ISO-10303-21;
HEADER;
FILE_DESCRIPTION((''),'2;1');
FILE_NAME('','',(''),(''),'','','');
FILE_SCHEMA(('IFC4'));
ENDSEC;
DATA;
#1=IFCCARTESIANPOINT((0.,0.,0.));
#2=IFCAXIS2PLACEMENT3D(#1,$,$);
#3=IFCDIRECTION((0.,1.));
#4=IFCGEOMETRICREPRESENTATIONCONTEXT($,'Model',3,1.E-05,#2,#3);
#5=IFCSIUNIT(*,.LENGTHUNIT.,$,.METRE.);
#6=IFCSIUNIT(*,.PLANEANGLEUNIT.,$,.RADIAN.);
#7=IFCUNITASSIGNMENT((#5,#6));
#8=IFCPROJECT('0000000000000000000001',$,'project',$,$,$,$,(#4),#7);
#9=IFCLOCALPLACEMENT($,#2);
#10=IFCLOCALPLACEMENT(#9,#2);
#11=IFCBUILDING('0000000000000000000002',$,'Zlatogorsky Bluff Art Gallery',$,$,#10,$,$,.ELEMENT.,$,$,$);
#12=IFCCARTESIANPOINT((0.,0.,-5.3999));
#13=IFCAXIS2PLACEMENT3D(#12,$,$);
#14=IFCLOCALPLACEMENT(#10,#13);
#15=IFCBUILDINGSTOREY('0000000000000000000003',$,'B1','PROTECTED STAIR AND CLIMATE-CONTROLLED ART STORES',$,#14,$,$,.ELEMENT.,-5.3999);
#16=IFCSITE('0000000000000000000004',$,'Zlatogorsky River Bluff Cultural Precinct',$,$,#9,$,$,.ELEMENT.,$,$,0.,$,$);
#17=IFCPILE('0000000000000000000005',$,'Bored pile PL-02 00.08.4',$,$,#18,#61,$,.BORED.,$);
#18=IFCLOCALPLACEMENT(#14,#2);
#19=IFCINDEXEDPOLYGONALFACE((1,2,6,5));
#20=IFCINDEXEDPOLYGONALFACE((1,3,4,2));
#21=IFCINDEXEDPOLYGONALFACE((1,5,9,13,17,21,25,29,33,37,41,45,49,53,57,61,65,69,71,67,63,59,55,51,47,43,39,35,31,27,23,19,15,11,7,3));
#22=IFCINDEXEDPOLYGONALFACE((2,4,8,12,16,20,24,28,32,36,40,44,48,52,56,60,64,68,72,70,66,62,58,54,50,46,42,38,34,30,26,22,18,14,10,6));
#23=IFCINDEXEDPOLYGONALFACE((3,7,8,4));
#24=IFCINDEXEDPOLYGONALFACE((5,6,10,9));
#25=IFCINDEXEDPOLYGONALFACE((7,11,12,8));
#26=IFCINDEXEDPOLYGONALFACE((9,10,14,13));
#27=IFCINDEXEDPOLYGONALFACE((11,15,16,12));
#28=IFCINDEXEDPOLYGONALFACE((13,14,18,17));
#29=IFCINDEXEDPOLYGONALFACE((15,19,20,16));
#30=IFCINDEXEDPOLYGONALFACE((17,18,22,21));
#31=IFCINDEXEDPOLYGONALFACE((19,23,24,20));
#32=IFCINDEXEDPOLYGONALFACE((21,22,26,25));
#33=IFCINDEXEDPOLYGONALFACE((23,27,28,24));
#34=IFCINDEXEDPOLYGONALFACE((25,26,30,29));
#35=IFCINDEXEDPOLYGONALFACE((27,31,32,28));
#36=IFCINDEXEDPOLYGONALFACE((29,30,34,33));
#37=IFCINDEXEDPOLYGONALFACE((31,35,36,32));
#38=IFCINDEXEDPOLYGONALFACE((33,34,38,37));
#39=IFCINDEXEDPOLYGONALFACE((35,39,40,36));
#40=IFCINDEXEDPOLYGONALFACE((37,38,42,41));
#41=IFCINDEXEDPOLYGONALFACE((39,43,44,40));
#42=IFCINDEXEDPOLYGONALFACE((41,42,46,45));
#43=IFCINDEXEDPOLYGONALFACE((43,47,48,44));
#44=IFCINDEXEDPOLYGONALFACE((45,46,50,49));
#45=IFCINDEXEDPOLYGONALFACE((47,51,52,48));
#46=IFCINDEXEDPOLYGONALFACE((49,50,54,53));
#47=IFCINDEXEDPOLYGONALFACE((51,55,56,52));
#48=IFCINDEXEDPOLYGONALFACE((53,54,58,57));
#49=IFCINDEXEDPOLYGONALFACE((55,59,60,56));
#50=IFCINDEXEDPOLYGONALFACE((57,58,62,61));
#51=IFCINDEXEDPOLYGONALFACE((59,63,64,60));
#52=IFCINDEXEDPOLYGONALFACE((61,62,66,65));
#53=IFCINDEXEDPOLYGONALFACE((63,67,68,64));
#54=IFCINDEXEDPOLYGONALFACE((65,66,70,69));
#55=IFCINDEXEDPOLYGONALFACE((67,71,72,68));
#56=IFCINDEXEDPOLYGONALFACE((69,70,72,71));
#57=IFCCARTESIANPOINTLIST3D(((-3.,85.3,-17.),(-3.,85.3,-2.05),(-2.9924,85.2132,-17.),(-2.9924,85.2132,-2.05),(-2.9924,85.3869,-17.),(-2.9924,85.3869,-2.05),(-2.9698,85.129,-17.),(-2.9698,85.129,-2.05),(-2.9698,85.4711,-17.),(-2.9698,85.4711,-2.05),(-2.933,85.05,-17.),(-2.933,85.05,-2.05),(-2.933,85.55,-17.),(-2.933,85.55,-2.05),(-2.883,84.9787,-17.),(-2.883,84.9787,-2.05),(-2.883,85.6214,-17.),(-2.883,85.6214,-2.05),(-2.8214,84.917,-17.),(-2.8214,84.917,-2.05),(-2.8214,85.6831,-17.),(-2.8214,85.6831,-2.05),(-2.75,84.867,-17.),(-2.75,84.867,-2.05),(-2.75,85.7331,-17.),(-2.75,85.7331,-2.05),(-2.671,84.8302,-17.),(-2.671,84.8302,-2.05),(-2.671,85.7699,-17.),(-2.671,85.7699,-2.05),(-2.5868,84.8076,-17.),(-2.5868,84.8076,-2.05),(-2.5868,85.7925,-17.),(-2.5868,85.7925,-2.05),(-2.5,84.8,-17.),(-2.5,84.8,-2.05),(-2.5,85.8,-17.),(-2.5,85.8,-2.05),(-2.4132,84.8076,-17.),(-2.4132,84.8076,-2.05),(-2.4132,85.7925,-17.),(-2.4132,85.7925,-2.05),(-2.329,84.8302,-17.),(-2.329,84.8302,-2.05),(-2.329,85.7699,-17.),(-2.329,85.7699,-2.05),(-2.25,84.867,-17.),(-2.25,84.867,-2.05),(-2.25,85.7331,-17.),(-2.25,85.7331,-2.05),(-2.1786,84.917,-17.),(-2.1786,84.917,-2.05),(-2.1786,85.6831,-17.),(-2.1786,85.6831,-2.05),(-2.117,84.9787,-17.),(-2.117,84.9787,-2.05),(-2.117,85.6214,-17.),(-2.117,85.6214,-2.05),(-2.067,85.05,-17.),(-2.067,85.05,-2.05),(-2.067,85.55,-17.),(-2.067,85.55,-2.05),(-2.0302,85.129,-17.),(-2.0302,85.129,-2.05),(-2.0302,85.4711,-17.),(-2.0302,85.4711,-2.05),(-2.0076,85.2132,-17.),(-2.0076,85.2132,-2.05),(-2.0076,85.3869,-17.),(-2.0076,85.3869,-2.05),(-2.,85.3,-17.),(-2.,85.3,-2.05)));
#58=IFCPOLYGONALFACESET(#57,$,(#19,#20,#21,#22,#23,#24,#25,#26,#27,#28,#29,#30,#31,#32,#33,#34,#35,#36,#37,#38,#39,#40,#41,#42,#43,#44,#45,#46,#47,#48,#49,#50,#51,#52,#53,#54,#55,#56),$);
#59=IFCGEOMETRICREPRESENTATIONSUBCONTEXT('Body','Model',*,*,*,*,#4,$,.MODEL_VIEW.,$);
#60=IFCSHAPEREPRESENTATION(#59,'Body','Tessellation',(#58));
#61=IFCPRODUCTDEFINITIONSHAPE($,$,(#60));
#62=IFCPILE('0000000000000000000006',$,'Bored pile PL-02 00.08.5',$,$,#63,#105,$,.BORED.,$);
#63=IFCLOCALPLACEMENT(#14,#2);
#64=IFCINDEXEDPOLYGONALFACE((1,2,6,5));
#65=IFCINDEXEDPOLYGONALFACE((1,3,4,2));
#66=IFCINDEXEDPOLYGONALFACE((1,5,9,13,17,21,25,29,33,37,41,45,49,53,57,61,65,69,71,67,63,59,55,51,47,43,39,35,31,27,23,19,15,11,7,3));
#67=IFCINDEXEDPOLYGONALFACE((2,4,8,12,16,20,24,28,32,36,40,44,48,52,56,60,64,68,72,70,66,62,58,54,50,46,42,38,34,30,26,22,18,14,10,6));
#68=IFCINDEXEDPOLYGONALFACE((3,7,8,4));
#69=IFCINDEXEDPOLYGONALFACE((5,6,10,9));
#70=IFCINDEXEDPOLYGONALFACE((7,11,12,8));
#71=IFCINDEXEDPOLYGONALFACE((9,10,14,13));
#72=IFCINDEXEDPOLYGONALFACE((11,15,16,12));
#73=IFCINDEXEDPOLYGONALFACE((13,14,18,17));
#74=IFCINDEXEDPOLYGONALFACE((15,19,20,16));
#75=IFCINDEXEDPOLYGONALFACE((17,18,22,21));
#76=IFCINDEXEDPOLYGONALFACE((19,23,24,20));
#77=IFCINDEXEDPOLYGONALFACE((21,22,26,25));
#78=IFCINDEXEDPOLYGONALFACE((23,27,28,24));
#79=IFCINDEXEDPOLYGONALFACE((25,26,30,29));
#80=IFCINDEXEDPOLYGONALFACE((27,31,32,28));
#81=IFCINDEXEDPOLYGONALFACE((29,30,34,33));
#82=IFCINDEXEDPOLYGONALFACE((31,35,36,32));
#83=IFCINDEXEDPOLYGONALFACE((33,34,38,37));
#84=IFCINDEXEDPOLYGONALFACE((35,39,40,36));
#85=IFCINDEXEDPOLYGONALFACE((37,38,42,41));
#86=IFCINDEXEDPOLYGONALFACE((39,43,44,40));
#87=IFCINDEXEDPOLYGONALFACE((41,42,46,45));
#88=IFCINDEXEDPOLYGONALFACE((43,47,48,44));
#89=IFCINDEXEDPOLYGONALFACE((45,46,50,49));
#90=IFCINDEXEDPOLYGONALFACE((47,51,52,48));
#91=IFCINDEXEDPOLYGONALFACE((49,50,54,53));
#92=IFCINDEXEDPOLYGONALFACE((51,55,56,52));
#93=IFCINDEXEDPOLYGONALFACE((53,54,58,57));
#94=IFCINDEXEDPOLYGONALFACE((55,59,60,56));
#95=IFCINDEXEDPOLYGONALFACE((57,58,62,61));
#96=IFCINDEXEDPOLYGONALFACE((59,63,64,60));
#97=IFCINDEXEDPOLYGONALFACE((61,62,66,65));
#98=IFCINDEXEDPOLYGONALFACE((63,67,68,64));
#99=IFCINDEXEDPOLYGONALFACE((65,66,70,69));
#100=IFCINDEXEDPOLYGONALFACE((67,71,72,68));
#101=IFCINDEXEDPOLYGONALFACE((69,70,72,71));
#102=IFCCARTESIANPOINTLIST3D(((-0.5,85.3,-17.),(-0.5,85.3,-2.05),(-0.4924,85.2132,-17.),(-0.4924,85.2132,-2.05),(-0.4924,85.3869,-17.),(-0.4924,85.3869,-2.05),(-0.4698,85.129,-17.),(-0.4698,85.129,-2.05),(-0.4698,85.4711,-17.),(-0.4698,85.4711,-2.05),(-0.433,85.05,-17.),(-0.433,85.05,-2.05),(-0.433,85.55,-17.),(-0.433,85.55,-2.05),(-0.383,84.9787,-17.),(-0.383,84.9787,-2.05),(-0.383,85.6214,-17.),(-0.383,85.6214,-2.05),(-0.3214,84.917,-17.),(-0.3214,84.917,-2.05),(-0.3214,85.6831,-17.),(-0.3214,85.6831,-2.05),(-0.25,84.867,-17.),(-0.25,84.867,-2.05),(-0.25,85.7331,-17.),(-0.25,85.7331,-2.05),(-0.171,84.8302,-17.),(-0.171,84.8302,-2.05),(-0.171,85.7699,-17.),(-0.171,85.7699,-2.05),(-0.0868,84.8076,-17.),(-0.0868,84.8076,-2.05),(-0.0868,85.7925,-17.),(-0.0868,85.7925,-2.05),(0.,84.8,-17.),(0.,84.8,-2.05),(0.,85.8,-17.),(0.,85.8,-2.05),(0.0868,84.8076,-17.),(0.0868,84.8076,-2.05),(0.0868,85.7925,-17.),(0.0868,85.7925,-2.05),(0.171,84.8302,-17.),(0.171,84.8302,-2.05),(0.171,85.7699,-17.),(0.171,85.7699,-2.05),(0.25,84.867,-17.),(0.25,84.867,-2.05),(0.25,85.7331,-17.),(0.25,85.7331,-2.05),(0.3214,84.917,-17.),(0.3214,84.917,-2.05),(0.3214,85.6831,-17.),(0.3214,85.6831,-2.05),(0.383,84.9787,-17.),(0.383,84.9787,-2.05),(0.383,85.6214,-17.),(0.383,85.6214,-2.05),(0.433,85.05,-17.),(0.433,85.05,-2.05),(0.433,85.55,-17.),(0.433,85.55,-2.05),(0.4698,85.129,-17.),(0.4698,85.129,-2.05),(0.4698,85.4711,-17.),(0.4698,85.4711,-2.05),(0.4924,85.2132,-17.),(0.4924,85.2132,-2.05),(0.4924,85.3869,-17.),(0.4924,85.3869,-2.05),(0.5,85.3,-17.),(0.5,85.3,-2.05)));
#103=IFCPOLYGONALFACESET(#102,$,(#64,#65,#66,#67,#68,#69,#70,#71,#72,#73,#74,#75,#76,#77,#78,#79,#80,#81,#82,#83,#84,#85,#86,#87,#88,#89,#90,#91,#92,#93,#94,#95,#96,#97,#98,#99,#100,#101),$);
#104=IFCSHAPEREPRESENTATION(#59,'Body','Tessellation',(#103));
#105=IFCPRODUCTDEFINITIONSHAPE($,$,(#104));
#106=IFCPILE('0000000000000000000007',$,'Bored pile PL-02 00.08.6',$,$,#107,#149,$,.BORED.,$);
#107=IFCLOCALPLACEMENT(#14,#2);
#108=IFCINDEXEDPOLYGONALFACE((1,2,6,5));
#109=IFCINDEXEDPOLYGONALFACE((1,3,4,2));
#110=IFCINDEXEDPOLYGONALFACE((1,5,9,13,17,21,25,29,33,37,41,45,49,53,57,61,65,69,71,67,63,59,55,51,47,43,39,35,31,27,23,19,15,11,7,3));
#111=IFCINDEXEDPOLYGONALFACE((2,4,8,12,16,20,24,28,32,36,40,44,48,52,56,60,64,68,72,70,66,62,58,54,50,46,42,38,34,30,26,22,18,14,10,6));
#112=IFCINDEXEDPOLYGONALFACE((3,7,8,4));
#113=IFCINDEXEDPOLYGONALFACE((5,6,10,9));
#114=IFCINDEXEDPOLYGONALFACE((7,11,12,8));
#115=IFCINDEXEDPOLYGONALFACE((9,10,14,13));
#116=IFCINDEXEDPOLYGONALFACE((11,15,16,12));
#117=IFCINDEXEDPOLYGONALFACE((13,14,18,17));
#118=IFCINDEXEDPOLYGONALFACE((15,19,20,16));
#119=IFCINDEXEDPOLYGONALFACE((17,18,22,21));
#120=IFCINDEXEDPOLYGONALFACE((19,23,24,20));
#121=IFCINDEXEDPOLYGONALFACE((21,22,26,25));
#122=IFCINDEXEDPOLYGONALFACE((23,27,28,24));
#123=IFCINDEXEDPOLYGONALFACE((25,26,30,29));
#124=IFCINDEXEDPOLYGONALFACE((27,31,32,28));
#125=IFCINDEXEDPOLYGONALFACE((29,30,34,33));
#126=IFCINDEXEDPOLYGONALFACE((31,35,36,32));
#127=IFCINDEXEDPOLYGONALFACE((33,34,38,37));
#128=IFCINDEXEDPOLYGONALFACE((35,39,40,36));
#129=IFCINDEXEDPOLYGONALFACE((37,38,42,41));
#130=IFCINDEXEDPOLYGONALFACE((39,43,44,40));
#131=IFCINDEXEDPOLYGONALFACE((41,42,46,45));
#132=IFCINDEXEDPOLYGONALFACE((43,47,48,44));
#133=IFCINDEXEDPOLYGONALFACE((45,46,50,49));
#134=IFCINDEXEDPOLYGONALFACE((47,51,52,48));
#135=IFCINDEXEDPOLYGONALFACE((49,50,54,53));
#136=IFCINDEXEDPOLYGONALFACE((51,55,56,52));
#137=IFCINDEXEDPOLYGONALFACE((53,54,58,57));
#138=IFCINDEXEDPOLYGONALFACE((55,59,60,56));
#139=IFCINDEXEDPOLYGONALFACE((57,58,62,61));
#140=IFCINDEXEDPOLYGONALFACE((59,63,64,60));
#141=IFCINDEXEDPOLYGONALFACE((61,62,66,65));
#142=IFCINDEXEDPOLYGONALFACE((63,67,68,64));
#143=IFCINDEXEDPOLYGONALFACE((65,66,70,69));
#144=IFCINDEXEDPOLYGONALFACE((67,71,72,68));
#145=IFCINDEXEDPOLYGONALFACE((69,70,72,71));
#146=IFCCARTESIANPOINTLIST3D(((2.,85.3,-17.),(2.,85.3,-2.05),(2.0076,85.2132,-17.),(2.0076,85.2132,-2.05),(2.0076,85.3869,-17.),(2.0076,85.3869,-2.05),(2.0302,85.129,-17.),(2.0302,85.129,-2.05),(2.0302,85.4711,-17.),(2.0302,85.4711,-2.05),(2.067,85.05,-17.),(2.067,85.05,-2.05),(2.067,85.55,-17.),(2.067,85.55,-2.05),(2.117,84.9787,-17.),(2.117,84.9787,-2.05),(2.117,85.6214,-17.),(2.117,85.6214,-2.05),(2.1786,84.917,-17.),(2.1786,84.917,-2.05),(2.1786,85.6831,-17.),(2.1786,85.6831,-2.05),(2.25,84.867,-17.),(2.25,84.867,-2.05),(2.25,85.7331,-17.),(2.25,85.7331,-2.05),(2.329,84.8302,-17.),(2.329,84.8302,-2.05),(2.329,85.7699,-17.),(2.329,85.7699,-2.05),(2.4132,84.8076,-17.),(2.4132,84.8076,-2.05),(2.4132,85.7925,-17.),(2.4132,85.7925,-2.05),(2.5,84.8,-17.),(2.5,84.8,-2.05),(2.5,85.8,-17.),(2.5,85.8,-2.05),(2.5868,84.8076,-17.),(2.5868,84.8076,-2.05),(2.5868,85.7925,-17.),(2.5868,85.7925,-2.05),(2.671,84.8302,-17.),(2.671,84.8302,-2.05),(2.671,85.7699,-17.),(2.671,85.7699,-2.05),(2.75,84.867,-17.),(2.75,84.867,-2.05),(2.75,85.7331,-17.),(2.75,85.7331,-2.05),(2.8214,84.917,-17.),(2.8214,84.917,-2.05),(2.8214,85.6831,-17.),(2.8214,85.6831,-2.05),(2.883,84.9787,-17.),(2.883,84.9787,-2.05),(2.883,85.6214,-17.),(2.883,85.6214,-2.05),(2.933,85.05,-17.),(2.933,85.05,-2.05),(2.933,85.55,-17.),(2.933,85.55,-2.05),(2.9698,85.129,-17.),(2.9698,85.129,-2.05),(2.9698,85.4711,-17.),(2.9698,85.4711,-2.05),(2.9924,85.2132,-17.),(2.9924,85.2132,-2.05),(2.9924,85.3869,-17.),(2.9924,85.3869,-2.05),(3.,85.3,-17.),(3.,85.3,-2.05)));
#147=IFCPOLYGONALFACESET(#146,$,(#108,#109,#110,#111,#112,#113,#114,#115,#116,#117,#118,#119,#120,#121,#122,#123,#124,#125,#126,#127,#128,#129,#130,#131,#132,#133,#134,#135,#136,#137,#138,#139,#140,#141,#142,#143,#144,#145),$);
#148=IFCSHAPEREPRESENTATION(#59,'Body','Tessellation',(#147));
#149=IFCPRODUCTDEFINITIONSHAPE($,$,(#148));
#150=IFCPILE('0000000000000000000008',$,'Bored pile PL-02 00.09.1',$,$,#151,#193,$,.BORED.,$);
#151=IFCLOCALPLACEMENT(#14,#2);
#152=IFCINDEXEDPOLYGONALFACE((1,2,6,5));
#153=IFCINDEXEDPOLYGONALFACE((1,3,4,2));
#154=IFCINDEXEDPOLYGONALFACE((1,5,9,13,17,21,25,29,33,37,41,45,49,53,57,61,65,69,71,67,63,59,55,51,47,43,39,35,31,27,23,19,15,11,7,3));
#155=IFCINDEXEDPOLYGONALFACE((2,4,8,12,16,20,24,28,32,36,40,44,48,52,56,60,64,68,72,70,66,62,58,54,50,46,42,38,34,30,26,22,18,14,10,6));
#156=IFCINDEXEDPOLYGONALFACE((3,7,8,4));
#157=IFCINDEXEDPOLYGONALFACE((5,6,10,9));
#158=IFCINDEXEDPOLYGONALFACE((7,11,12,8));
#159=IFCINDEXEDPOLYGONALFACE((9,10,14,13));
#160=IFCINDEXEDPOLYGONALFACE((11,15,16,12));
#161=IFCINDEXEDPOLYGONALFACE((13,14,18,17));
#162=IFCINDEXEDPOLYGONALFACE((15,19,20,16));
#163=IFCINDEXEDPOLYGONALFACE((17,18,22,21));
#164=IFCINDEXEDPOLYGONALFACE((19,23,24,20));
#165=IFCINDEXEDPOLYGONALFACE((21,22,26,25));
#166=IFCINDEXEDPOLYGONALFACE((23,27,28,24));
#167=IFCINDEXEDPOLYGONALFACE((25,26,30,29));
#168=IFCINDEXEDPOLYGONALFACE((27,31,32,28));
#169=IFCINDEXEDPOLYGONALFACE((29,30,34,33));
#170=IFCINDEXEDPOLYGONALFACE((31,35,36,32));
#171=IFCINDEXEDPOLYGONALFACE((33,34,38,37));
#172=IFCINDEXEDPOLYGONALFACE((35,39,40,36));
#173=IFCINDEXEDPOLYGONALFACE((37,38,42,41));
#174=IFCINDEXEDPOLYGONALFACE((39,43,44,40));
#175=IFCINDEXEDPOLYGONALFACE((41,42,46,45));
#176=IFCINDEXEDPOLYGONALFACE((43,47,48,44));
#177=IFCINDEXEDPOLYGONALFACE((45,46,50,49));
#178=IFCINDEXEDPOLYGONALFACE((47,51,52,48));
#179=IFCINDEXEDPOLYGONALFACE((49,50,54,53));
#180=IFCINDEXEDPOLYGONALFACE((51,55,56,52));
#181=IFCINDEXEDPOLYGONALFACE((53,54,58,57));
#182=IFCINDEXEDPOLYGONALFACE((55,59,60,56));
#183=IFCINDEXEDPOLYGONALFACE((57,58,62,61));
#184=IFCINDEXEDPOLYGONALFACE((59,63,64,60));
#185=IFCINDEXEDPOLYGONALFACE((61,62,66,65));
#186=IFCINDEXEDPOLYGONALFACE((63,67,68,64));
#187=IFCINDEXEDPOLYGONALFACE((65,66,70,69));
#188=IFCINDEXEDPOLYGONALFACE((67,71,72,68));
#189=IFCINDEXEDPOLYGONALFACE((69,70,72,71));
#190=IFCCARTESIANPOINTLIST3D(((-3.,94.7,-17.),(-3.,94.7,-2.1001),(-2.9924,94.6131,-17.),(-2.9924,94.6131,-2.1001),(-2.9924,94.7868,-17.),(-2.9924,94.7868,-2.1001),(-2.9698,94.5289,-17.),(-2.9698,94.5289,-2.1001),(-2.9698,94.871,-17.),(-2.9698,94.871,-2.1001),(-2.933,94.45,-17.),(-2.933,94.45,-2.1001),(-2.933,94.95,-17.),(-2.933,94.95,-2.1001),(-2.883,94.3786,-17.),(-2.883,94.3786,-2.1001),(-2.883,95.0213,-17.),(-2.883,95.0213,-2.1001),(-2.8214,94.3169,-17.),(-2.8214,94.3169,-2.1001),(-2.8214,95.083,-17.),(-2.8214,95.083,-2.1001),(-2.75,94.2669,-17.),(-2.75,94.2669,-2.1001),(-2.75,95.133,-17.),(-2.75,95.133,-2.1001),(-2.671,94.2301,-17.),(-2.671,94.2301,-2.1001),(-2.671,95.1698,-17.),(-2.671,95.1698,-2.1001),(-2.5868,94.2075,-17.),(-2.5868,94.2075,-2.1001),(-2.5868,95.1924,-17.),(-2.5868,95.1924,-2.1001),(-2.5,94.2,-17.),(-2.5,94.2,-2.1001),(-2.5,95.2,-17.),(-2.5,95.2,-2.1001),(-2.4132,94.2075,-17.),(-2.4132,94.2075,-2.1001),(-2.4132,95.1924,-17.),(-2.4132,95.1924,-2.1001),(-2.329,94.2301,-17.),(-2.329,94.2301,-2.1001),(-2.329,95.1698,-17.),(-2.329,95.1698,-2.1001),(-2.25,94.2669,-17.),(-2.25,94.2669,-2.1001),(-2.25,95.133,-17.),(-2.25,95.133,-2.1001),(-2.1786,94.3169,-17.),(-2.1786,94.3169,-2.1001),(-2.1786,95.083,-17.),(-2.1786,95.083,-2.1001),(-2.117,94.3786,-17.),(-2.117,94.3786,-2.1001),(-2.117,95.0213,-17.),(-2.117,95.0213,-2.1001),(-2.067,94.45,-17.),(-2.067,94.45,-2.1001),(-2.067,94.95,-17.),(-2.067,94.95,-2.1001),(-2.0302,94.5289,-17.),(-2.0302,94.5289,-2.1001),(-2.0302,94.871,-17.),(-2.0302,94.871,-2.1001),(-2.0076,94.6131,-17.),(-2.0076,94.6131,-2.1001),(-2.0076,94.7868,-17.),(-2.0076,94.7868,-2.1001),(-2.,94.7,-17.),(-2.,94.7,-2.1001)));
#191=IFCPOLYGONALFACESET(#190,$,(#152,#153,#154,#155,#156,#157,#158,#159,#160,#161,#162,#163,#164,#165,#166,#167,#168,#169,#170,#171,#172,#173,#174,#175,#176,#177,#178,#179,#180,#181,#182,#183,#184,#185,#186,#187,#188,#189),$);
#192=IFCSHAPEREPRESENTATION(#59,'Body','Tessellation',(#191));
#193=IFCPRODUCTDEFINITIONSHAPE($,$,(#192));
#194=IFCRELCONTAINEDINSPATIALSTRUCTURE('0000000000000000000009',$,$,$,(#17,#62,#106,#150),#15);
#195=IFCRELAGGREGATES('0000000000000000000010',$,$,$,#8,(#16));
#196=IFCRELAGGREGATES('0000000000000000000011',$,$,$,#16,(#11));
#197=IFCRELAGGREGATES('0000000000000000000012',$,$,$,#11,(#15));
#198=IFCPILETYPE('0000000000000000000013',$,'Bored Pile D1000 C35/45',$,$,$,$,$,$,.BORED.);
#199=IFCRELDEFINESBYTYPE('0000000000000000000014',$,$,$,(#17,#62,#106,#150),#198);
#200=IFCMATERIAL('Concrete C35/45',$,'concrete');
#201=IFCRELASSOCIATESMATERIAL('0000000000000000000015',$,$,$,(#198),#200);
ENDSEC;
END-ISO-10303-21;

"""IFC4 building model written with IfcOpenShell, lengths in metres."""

from ifc_helpers import new_model, si_unit, direction, frame, origin, origin_2d, place, context, subcontext, project, spatial, circle, extrude, material, material_profile, profile_set, type_object, element, save


model = new_model("IFC4")

# Units and contexts
model_context = context("Model", 3, precision=1e-05, world=origin(), true_north=direction((0.0, 1.0)))
body_context = subcontext(model_context, "Body", "Model", "MODEL_VIEW")
ifc_project = project(units=[si_unit("LENGTHUNIT", "METRE"), si_unit("PLANEANGLEUNIT", "RADIAN")], contexts=[model_context])

# Site, building, storey
site_placement = place(None, origin())
site = spatial("IfcSite", under=ifc_project, at=site_placement, Name="Zlatogorsky River Bluff Cultural Precinct", CompositionType="ELEMENT", RefElevation=0.0)
building_placement = place(site_placement, origin())
building = spatial("IfcBuilding", under=site, at=building_placement, Name="Zlatogorsky Bluff Art Gallery", CompositionType="ELEMENT")
storey_placement = place(building_placement, frame((0.0, 0.0, -5.3999)))
storey = spatial("IfcBuildingStorey", under=building, at=storey_placement, Name="B1", Description="PROTECTED STAIR AND CLIMATE-CONTROLLED ART STORES", CompositionType="ELEMENT", Elevation=-5.3999)

# Piles
ifc_material_1 = material(Name="Concrete C35/45", Category="concrete")
ifc_material_profile_1 = material_profile(ifc_material_1, circle(Radius=0.5, at=origin_2d()), Name="BORED PILE D1000")
ifc_profile_set_1 = profile_set([ifc_material_profile_1], Name="Concrete C35/45")
pile_type = type_object("IfcPileType", Name="Bored Pile D1000 C35/45", PredefinedType="BORED", material=ifc_profile_set_1)
for number, where, z_axis, x_axis, name in (
    (1, (-2.5, 85.3, -2.05), (0.0, 0.0, -1.0), (1.0, 0.0, 0.0), "Bored pile PL-02 00.08.4"),
    (2, (0.0, 85.3, -2.05), (0.0, 0.0, -1.0), (1.0, 0.0, 0.0), "Bored pile PL-02 00.08.5"),
    (3, (2.5, 85.3, -2.05), (0.0, 0.0, -1.0), (1.0, 0.0, 0.0), "Bored pile PL-02 00.08.6"),
):
    element("IfcPile", number, at=place(storey_placement, frame(where, z_axis=z_axis, x_axis=x_axis)), inside=storey, type_object=pile_type, Name=name, PredefinedType="BORED", context=body_context, shape_type="SweptSolid", body=[
        extrude(circle(Radius=0.5, at=origin_2d()), origin(), (0.0, 0.0, 1.0), 14.95),
    ])
for number, where, z_axis, x_axis, name in (
    (4, (-2.5, 94.7, -2.1001), (0.0, 0.0, -1.0), (1.0, 0.0, 0.0), "Bored pile PL-02 00.09.1"),
):
    element("IfcPile", number, at=place(storey_placement, frame(where, z_axis=z_axis, x_axis=x_axis)), inside=storey, type_object=pile_type, Name=name, PredefinedType="BORED", context=body_context, shape_type="SweptSolid", body=[
        extrude(circle(Radius=0.5, at=origin_2d()), origin(), (0.0, 0.0, 1.0), 14.8999),
    ])

save(model, "model.ifc")
